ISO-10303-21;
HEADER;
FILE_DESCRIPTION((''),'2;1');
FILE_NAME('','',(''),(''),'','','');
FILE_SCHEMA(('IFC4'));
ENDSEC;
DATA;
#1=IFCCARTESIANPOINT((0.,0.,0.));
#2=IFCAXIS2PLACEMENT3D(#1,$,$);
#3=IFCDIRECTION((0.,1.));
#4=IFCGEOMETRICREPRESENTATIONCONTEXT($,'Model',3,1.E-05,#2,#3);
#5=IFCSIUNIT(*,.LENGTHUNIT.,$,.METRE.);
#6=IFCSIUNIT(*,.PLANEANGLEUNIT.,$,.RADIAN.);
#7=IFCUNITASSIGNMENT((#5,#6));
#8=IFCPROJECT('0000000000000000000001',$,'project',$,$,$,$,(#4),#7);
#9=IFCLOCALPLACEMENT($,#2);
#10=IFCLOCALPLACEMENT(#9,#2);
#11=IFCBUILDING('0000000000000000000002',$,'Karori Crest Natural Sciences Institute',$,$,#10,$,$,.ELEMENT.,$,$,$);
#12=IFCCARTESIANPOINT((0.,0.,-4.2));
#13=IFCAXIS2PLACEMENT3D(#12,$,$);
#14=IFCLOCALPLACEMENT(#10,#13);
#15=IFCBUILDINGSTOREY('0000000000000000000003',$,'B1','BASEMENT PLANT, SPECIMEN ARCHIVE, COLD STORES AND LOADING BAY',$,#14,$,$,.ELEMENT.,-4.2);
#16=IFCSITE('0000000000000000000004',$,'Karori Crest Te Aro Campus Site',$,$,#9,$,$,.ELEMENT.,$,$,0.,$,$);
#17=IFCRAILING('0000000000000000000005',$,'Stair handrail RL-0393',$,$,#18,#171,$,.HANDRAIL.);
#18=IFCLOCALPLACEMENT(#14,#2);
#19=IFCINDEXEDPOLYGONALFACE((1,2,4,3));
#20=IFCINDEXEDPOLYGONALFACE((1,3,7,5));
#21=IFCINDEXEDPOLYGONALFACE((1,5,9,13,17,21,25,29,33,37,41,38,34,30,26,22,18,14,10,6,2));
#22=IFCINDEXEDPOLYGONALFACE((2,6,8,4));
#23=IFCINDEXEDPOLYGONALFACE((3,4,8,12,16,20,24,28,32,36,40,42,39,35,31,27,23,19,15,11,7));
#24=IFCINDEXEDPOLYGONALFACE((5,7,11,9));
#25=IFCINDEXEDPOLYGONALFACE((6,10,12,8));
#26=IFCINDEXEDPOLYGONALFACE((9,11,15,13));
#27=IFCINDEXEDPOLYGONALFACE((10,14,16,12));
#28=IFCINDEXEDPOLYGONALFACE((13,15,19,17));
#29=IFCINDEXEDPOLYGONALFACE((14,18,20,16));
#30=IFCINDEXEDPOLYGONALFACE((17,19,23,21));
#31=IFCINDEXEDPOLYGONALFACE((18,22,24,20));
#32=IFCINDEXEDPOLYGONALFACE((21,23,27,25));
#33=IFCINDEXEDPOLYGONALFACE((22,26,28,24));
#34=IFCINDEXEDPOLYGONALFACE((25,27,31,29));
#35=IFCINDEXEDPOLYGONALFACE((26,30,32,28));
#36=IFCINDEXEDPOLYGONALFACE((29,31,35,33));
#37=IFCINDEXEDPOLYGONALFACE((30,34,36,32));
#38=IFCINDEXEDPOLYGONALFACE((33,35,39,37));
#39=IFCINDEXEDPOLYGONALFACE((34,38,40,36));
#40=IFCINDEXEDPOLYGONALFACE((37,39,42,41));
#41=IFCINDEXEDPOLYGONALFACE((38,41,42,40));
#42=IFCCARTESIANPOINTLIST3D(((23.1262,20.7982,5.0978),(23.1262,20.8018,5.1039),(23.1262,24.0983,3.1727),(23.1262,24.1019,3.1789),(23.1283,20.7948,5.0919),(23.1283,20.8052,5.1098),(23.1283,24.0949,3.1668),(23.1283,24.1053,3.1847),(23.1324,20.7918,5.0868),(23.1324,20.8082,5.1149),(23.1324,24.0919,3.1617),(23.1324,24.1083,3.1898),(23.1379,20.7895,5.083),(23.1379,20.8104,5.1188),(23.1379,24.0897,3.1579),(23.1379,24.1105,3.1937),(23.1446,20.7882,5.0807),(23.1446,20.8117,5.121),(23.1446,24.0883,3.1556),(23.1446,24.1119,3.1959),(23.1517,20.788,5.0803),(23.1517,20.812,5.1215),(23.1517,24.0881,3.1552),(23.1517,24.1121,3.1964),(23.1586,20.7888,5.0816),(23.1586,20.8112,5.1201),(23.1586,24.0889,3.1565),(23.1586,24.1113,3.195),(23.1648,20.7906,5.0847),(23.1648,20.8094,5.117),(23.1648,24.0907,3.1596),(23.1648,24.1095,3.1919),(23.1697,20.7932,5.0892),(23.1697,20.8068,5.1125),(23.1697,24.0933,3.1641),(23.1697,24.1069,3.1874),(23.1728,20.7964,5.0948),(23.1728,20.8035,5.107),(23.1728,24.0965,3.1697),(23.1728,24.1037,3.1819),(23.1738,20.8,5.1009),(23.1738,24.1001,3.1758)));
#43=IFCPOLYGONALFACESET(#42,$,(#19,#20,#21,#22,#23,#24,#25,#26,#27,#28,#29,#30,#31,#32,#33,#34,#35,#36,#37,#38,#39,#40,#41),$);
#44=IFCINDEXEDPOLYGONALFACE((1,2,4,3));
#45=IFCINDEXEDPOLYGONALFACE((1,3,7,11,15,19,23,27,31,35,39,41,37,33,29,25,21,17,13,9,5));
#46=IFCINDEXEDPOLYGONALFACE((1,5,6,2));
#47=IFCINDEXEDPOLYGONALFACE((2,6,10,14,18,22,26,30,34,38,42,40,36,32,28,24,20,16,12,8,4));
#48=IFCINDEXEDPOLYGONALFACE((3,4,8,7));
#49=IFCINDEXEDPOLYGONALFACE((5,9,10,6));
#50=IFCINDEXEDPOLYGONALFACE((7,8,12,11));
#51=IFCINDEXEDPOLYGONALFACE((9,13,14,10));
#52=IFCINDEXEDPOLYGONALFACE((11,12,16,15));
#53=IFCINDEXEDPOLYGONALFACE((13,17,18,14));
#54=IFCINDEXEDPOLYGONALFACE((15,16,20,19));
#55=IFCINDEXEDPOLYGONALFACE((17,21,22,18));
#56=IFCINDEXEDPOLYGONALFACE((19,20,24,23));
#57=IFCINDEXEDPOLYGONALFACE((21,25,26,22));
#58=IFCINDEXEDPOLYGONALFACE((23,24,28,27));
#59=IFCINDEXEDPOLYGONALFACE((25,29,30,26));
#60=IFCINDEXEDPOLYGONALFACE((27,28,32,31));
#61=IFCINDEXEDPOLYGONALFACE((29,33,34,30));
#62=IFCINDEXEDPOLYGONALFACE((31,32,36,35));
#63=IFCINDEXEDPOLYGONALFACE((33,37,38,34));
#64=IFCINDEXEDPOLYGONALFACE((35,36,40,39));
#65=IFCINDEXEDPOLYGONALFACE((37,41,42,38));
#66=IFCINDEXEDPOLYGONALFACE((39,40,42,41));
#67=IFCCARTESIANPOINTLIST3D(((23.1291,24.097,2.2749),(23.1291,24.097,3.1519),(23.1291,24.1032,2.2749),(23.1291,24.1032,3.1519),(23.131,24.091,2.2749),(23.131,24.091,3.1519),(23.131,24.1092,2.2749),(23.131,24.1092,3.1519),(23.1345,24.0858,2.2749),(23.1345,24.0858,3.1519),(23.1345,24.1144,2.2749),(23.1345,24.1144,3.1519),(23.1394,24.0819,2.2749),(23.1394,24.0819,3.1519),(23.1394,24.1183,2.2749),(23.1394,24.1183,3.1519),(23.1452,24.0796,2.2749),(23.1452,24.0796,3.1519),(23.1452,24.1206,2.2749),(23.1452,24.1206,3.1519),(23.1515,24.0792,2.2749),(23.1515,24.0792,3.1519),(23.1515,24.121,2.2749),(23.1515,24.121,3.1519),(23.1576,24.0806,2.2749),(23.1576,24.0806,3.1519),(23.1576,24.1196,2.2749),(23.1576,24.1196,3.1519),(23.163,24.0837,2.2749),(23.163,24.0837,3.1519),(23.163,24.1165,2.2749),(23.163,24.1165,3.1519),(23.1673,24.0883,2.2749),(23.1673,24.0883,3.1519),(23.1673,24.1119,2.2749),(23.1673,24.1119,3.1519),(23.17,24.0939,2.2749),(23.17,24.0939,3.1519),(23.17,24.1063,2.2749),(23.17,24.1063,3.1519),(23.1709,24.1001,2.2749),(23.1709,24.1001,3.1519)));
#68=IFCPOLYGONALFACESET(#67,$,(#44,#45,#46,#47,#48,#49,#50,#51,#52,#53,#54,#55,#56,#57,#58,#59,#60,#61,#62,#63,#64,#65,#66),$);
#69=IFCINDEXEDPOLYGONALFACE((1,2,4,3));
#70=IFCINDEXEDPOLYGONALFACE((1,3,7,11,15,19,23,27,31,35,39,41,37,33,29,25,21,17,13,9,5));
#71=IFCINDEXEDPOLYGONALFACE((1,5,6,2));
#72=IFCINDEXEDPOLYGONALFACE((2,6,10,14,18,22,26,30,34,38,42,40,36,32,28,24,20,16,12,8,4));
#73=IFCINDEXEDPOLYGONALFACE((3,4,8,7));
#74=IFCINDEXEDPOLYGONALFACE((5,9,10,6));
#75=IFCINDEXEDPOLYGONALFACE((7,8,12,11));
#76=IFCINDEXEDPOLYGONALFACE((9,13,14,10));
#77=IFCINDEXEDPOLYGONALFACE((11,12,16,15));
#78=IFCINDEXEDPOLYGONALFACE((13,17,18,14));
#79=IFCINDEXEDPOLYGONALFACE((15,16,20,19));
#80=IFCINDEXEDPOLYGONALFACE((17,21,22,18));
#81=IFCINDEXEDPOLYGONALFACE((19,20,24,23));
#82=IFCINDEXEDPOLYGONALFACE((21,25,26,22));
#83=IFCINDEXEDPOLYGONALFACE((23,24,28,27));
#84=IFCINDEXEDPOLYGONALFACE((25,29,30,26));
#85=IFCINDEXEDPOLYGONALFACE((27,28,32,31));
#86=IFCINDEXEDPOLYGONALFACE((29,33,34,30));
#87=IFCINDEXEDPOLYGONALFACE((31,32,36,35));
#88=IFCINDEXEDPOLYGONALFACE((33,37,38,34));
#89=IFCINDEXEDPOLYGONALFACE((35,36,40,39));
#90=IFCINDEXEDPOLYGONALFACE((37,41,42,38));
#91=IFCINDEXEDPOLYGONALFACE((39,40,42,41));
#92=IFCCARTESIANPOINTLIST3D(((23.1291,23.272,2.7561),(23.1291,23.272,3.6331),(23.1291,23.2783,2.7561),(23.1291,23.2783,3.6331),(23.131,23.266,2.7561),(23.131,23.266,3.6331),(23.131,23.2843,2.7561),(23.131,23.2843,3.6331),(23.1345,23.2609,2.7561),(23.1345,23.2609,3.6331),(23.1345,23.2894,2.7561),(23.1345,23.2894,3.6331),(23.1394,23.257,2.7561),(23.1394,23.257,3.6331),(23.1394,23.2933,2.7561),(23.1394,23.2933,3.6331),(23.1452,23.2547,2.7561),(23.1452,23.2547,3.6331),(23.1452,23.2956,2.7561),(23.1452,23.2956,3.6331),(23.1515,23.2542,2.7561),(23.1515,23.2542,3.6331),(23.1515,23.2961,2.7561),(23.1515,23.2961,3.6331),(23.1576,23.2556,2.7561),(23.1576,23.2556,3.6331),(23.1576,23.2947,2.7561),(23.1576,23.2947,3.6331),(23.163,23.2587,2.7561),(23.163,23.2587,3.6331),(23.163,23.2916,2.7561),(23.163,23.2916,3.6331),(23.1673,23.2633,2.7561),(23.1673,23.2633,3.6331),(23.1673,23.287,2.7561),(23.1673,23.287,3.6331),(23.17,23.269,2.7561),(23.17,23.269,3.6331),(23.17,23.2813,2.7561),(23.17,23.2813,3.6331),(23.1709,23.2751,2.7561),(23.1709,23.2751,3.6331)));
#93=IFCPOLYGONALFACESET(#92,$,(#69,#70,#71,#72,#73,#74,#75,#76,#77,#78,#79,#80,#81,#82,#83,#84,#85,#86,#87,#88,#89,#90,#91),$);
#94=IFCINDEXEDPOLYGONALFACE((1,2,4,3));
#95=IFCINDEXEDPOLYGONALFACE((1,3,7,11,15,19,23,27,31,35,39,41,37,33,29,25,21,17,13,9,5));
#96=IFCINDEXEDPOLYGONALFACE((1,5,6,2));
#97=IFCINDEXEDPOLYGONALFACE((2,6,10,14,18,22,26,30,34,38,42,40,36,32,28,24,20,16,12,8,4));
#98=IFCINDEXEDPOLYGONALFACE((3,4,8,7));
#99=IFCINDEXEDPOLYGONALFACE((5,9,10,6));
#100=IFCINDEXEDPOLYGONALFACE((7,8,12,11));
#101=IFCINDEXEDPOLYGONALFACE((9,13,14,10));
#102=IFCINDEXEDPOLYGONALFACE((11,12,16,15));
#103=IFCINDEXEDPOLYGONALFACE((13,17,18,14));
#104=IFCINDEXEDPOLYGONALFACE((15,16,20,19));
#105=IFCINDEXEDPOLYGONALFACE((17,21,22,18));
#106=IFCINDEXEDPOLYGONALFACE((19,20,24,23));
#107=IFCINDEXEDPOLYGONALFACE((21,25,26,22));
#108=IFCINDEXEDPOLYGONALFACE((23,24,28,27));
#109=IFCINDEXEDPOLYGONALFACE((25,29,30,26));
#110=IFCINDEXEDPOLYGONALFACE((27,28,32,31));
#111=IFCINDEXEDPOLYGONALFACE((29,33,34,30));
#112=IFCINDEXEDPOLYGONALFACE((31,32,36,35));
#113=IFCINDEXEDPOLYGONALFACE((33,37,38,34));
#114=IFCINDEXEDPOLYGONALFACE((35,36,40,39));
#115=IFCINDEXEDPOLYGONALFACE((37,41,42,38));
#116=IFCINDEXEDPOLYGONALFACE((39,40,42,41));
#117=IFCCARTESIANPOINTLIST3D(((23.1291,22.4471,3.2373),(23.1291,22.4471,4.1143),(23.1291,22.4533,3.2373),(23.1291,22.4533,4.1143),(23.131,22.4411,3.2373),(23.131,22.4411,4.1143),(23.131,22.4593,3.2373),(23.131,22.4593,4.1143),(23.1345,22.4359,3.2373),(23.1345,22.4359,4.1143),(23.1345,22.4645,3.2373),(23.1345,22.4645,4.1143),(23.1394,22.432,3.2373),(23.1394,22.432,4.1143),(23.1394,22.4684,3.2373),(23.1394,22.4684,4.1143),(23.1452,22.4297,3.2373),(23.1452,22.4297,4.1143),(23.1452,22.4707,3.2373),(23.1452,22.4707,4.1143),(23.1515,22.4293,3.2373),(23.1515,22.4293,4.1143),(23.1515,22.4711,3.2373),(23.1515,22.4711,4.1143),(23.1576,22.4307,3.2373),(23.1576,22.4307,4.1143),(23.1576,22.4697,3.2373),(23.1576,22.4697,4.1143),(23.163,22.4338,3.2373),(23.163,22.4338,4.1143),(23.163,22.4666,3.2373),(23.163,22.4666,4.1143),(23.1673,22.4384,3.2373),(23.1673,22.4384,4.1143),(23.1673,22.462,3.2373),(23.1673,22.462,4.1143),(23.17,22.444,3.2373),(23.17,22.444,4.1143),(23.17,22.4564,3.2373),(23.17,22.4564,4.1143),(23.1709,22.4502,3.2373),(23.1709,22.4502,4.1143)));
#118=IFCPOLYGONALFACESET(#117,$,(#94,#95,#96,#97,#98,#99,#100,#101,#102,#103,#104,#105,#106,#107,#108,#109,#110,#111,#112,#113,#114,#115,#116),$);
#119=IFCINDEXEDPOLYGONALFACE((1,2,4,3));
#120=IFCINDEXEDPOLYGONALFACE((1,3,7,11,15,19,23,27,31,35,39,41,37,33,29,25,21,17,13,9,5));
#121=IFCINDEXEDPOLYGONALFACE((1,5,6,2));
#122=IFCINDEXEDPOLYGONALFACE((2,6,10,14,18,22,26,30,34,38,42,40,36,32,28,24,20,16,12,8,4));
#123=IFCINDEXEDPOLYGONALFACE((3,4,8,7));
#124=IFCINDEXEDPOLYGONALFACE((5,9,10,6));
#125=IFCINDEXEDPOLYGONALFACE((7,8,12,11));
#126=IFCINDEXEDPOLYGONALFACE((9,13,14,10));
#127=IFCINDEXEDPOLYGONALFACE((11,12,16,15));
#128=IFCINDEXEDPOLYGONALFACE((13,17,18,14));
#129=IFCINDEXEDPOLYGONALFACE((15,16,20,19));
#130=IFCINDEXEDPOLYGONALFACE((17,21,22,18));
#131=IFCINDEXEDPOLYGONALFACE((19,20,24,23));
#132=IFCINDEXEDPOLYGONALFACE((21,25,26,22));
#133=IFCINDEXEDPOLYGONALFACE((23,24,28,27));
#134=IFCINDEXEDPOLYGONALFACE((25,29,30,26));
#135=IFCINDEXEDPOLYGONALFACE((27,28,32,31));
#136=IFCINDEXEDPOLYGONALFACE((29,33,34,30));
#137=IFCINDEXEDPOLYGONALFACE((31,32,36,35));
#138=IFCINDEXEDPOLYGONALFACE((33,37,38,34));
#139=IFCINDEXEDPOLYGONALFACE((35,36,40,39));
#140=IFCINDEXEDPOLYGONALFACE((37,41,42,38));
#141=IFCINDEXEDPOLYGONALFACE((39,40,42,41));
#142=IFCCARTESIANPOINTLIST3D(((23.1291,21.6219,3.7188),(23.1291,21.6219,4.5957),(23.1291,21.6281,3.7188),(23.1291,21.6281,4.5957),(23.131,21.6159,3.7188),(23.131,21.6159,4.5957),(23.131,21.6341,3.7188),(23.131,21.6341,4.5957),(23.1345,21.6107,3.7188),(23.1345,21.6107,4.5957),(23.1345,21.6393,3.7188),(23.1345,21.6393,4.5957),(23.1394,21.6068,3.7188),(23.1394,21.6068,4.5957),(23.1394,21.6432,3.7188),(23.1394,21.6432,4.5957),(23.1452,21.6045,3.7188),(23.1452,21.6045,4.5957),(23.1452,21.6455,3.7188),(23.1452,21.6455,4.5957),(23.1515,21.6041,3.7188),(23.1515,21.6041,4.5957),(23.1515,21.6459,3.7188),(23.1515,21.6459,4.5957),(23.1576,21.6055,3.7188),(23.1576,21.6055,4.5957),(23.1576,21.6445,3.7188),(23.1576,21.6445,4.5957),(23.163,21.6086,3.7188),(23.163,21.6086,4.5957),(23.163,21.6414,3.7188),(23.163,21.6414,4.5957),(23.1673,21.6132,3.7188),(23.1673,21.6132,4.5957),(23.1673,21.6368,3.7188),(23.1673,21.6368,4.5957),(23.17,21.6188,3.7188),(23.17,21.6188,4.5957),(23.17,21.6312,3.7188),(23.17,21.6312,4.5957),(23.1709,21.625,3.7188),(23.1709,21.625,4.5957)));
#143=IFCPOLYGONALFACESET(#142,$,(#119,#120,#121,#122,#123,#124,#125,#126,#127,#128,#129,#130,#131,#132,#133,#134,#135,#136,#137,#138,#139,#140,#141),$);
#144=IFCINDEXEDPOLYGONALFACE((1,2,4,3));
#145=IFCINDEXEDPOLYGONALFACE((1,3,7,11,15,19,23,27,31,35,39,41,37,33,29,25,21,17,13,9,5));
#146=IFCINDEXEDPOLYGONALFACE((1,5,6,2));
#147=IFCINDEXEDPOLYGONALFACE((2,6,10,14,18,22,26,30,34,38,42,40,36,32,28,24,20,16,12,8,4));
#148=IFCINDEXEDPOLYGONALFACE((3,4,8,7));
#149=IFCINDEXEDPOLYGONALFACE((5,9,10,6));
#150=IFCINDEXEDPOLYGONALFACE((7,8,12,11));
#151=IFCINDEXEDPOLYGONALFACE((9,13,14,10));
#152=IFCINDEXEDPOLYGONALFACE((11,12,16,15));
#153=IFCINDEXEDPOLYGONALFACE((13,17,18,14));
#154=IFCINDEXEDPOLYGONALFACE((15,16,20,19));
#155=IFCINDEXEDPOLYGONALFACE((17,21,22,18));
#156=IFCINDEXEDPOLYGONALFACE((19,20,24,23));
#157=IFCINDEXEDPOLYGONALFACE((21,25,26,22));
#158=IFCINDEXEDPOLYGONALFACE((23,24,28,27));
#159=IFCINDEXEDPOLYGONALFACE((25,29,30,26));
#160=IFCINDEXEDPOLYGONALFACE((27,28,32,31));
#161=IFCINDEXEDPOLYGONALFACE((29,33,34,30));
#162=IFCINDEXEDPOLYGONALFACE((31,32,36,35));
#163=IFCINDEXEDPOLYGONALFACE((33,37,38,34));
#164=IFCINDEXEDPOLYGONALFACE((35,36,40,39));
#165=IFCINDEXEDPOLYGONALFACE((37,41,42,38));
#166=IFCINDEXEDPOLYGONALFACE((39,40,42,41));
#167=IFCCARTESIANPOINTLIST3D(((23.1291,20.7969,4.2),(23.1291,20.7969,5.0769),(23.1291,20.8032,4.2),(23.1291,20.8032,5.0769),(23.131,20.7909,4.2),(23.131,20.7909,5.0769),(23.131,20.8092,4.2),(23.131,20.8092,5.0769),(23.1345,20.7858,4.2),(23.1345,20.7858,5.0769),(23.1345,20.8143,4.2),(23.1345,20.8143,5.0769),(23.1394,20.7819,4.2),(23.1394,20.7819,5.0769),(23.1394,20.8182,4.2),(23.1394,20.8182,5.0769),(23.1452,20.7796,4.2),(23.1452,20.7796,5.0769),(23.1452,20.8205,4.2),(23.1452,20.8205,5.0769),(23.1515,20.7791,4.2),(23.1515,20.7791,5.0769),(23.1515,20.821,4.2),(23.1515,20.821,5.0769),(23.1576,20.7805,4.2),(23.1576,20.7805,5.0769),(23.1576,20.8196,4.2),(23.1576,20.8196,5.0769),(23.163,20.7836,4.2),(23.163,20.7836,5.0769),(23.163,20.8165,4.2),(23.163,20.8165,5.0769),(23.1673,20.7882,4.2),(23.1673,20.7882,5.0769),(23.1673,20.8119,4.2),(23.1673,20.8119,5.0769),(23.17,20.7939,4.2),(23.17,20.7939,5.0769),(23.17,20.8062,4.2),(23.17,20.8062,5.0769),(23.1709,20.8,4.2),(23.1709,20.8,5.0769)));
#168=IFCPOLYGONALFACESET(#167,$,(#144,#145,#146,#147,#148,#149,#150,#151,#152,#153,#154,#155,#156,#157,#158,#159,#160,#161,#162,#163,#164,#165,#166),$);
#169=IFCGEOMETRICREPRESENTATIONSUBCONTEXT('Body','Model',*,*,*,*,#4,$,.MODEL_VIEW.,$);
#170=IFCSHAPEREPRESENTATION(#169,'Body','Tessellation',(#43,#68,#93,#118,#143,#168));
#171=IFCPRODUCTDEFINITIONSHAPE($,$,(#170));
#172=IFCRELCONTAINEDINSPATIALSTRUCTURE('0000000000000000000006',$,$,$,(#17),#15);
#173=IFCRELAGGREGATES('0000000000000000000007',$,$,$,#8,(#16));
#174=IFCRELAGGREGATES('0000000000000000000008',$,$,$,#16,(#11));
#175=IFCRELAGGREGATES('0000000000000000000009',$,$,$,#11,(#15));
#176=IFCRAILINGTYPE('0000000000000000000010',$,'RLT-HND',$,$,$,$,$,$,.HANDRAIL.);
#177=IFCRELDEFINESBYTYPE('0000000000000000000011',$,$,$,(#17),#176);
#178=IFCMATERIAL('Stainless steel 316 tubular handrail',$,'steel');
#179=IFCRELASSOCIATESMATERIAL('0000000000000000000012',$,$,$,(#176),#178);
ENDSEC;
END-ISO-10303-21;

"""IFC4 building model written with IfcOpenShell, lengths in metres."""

from ifc_helpers import new_model, si_unit, direction, frame, origin, origin_2d, place, context, subcontext, project, spatial, circle, extrude, material, type_object, element, save


model = new_model("IFC4")

# Units and contexts
model_context = context("Model", 3, precision=1e-05, world=origin(), true_north=direction((0.0, 1.0)))
body_context = subcontext(model_context, "Body", "Model", "MODEL_VIEW")
ifc_project = project(units=[si_unit("LENGTHUNIT", "METRE"), si_unit("PLANEANGLEUNIT", "RADIAN")], contexts=[model_context])

# Site, building, storey
site_placement = place(None, origin())
site = spatial("IfcSite", under=ifc_project, at=site_placement, Name="Karori Crest Te Aro Campus Site", CompositionType="ELEMENT", RefElevation=0.0)
building_placement = place(site_placement, origin())
building = spatial("IfcBuilding", under=site, at=building_placement, Name="Karori Crest Natural Sciences Institute", CompositionType="ELEMENT")
storey_placement = place(building_placement, frame((0.0, 0.0, -4.2)))
storey = spatial("IfcBuildingStorey", under=building, at=storey_placement, Name="B1", Description="BASEMENT PLANT, SPECIMEN ARCHIVE, COLD STORES AND LOADING BAY", CompositionType="ELEMENT", Elevation=-4.2)

# Railing
ifc_material_1 = material(Name="Stainless steel 316 tubular handrail", Category="steel")
railing_type_1 = type_object("IfcRailingType", Name="RLT-HND", PredefinedType="HANDRAIL", material=ifc_material_1)
railing_1_placement = place(storey_placement, frame((23.1499, 24.1001, 2.2749)))
element("IfcRailing", 1, at=railing_1_placement, inside=storey, type_object=railing_type_1, Name="Stair handrail RL-0393", PredefinedType="HANDRAIL", context=body_context, shape_type="SweptSolid", body=[
    extrude(circle(Radius=0.0239, at=origin_2d()), frame((0.0, 0.0, 0.9009), z_axis=(0.0, -0.863777, 0.503875), x_axis=(1.0, 0.0, 0.0)), (0.0, 0.0, 1.0), 3.8206),
    extrude(circle(Radius=0.021, at=origin_2d()), origin(), (0.0, 0.0, 1.0), 0.877),
    extrude(circle(Radius=0.021, at=origin_2d()), frame((0.0, -0.825, 0.4812)), (0.0, 0.0, 1.0), 0.877),
    extrude(circle(Radius=0.021, at=origin_2d()), frame((0.0, -1.6499, 0.9624)), (0.0, 0.0, 1.0), 0.877),
    extrude(circle(Radius=0.021, at=origin_2d()), frame((0.0, -2.4751, 1.4438)), (0.0, 0.0, 1.0), 0.877),
    extrude(circle(Radius=0.021, at=origin_2d()), frame((0.0, -3.3, 1.925)), (0.0, 0.0, 1.0), 0.877),
])

save(model, "model.ifc")
